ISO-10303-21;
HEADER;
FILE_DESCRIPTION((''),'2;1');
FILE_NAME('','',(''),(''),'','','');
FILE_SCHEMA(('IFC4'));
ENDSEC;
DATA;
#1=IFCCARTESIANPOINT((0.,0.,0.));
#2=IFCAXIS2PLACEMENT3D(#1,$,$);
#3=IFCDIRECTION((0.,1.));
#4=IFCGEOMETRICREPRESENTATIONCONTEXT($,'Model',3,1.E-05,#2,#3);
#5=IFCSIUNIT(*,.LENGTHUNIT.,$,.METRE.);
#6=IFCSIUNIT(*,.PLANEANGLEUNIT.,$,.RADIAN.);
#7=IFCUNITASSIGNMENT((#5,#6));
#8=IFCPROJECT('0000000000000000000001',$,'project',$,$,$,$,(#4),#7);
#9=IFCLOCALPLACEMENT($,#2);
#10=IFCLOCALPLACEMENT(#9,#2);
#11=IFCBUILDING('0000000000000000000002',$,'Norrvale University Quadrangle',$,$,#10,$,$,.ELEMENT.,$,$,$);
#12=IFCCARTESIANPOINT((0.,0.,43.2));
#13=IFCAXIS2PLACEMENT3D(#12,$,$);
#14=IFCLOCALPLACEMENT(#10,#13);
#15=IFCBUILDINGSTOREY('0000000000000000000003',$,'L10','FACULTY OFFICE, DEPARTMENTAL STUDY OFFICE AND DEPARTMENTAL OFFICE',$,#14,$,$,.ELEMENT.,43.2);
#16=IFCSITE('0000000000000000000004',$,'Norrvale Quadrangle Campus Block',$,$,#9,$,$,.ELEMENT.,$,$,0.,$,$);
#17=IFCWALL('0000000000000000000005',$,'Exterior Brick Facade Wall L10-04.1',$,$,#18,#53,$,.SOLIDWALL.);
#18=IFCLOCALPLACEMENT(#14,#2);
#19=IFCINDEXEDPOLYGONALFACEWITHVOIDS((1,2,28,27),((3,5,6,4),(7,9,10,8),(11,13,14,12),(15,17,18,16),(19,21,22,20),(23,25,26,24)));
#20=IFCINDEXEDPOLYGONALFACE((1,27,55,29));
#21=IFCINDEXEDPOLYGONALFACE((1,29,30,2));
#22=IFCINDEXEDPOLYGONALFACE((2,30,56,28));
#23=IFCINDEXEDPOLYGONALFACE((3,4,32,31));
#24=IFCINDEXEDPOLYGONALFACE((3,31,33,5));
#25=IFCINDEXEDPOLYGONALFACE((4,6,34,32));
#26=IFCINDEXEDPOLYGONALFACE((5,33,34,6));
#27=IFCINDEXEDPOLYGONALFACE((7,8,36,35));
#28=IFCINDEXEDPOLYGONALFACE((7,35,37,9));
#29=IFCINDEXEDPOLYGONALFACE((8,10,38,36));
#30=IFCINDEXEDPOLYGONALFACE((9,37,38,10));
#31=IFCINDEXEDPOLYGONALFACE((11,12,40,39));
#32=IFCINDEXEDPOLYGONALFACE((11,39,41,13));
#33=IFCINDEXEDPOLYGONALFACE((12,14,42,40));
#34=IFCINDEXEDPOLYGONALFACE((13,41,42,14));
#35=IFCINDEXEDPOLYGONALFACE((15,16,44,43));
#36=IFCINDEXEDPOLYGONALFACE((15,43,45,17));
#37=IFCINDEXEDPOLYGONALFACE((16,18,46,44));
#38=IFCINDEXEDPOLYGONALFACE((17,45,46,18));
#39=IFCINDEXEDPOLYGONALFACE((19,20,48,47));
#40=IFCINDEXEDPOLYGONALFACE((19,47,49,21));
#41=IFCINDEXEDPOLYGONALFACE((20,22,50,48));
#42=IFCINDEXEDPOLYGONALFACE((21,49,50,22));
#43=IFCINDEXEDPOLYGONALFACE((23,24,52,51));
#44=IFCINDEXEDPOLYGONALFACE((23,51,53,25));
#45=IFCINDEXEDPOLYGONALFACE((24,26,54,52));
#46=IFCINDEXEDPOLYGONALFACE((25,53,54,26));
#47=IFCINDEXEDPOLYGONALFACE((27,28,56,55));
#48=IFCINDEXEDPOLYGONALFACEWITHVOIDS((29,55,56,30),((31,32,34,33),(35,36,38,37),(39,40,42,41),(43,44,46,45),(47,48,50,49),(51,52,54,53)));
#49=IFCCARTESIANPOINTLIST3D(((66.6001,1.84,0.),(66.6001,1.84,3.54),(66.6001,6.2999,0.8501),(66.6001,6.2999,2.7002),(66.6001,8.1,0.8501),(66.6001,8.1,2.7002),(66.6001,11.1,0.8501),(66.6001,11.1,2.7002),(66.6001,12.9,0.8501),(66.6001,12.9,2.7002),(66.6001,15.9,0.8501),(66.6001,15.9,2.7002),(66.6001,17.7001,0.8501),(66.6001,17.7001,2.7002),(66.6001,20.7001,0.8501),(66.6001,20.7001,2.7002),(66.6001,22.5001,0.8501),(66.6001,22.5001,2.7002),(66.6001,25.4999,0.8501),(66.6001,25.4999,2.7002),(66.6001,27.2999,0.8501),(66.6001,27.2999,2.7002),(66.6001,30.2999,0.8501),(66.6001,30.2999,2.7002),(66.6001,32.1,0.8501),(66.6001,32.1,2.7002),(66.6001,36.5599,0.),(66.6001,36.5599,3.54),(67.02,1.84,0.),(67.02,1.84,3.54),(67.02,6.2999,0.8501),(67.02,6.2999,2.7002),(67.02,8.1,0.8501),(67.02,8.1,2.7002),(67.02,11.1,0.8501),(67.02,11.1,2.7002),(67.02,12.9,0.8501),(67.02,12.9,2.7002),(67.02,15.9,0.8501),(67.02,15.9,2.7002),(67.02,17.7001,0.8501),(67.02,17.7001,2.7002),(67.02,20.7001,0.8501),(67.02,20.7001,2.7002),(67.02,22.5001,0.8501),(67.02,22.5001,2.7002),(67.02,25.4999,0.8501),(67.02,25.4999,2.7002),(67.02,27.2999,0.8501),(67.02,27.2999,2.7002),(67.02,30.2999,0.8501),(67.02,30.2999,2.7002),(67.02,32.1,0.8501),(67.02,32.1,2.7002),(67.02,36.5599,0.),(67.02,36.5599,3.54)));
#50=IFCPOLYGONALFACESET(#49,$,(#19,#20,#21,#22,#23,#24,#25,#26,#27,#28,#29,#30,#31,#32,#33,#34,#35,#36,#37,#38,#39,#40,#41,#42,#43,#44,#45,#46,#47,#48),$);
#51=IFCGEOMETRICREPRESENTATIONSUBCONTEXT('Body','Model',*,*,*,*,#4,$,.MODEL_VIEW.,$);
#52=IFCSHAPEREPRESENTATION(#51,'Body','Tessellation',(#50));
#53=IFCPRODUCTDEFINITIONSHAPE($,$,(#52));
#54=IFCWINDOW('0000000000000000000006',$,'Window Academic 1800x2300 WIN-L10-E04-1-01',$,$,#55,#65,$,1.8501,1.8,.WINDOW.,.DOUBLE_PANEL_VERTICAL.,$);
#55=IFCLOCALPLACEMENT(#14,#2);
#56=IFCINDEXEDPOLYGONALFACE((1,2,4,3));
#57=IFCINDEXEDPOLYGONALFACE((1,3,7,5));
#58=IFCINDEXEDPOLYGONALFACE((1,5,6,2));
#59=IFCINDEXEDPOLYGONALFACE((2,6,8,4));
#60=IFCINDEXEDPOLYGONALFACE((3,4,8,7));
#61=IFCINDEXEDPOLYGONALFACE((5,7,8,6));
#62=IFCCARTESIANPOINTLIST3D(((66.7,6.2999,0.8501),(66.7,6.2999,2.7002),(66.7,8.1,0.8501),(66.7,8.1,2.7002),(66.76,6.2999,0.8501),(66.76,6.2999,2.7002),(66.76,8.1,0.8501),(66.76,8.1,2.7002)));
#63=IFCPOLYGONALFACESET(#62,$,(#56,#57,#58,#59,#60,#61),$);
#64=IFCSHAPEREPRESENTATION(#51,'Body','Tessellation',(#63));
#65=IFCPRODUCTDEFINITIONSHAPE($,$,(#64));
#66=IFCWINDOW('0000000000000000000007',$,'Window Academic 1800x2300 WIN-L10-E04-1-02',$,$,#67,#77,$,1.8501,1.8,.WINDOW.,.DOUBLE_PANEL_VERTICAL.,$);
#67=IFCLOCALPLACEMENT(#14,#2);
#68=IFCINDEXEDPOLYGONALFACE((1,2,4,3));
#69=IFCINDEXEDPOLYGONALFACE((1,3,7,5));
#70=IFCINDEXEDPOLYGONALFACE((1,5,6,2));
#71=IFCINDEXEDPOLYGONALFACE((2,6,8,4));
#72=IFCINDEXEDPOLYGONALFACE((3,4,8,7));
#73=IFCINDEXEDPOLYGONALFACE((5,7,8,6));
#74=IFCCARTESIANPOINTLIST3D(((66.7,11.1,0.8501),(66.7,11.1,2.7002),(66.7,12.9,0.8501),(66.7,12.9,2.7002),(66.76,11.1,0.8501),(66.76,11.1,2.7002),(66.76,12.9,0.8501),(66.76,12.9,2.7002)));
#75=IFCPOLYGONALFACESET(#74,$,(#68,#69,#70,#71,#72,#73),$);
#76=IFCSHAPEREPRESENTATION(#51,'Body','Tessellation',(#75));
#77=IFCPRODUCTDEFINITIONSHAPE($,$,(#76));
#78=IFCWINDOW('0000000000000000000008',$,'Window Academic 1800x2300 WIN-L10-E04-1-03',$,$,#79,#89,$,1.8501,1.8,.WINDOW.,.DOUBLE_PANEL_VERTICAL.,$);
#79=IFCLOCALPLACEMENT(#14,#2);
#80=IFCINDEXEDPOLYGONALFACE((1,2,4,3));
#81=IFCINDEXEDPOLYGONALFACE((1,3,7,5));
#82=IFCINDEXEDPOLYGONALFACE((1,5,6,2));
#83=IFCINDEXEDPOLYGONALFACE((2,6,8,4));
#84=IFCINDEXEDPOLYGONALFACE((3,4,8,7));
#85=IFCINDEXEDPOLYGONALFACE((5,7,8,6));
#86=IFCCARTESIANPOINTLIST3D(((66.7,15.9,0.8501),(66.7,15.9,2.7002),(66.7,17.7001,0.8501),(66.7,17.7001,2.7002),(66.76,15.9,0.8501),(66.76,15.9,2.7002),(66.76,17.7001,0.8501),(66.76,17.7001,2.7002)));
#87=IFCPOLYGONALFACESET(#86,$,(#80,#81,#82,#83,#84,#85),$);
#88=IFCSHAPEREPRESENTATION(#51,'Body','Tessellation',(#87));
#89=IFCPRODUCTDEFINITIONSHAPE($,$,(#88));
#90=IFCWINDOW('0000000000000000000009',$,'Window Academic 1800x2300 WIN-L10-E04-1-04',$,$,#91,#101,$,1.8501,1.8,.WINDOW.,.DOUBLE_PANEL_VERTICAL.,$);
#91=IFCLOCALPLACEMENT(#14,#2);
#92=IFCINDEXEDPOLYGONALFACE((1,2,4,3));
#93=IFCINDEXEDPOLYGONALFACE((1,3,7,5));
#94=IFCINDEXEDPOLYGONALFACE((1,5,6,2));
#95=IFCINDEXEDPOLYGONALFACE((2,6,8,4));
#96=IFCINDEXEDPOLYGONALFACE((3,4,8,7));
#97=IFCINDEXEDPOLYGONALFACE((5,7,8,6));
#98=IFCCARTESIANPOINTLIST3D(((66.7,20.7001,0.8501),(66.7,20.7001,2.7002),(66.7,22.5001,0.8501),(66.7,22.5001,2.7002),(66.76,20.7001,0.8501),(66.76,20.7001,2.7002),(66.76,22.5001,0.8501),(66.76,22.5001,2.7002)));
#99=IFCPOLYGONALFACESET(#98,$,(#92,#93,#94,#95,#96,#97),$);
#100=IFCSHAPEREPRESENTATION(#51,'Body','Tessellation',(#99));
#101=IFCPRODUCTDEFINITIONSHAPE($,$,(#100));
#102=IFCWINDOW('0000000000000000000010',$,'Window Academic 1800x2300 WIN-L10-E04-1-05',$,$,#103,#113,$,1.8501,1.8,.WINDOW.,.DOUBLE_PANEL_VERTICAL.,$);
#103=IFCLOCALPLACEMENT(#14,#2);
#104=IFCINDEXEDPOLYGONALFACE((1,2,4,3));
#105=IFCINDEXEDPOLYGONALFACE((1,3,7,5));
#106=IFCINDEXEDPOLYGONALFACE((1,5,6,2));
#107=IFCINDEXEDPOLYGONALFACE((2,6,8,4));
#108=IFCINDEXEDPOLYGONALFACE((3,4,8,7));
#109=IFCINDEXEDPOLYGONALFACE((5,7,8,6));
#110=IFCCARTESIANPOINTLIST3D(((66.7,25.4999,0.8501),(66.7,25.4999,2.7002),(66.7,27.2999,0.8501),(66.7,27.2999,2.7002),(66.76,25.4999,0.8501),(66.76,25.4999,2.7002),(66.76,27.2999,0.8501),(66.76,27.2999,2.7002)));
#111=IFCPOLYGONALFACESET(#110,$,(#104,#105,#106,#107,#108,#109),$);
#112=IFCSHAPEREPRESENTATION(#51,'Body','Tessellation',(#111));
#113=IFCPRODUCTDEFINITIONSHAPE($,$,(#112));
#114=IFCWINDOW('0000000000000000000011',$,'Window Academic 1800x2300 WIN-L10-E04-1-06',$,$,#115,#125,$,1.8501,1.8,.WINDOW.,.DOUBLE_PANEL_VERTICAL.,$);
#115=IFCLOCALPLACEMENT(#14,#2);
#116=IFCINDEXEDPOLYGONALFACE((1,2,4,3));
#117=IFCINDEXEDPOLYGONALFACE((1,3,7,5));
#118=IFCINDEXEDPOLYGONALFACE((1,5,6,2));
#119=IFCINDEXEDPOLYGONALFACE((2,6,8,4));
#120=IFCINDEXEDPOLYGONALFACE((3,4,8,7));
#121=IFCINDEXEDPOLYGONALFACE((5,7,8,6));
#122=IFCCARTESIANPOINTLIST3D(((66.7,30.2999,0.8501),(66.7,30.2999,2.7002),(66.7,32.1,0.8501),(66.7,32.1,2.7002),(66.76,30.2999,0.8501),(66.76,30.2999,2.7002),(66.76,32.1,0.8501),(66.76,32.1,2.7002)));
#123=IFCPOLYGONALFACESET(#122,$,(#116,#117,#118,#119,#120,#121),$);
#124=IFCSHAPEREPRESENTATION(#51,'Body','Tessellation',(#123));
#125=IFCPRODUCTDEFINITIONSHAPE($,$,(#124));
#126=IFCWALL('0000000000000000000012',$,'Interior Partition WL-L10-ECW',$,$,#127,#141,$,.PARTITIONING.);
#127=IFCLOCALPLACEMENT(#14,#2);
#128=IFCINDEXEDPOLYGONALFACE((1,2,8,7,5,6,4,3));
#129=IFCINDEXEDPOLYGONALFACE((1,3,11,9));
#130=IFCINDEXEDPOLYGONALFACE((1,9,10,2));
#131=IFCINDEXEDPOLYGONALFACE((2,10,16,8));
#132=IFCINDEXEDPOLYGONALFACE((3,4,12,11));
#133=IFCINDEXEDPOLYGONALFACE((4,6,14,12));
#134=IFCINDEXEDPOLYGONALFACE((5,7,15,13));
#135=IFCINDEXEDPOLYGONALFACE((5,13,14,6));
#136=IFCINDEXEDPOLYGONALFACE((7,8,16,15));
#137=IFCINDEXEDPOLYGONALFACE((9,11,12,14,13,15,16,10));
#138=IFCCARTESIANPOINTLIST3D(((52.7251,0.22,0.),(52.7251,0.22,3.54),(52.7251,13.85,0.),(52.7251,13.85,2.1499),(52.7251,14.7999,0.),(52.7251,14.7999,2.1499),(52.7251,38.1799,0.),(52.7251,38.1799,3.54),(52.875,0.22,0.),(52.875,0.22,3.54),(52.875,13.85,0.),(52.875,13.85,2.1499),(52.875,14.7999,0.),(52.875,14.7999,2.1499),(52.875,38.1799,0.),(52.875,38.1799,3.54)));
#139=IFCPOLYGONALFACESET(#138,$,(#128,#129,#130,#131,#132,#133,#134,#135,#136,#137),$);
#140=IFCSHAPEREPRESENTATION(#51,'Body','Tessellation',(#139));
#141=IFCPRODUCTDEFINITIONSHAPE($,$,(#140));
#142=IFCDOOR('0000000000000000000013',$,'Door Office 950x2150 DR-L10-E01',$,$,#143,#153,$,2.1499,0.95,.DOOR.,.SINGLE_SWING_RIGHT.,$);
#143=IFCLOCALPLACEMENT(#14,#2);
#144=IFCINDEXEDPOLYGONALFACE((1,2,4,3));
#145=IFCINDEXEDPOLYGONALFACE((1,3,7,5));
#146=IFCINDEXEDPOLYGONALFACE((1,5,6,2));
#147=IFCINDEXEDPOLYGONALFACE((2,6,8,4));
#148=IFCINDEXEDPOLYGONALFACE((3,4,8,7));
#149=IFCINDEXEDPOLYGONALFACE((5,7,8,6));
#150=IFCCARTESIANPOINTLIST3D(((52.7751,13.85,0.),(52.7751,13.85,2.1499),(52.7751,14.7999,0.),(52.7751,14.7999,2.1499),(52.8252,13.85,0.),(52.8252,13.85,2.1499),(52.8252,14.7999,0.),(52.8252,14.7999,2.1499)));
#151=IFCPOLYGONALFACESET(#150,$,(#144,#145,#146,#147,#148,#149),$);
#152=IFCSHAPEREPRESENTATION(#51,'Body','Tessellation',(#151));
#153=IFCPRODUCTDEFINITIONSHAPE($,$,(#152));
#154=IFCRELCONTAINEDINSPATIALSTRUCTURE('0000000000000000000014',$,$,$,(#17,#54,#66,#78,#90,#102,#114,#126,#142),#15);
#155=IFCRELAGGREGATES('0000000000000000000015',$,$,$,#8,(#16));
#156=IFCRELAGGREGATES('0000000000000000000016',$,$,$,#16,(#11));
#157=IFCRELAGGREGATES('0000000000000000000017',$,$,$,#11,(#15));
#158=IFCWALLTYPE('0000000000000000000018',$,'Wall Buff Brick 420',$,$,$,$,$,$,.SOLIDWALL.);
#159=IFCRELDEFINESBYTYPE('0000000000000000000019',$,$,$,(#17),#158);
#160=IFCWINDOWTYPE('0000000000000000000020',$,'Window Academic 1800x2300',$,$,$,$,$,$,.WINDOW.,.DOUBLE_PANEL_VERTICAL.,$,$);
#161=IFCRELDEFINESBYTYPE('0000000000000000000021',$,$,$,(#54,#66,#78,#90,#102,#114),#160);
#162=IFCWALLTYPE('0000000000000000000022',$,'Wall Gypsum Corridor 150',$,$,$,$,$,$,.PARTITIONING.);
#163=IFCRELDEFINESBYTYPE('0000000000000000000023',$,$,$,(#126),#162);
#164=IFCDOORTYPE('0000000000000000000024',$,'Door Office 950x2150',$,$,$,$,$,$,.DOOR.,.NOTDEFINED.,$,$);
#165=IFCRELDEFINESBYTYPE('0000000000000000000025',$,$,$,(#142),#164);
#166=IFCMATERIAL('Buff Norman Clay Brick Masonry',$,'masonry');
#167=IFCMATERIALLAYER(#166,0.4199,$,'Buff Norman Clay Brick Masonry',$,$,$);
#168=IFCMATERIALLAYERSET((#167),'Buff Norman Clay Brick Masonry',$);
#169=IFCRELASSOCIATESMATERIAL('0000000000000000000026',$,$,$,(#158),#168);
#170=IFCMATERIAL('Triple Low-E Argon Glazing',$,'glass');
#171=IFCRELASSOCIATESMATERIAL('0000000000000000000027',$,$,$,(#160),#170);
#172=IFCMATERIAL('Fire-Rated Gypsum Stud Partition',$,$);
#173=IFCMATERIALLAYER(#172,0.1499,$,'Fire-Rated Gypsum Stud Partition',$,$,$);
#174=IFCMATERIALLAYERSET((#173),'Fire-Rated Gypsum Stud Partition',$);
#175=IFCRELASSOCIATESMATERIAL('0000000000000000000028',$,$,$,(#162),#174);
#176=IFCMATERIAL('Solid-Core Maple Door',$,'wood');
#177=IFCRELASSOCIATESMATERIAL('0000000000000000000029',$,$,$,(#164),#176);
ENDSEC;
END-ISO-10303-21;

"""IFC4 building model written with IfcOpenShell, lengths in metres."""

from ifc_helpers import new_model, si_unit, direction, frame, frame_2d, origin, place, context, subcontext, project, spatial, rectangle, extrude, material, layer, layer_set, type_object, element, fill, save


model = new_model("IFC4")

# Units and contexts
model_context = context("Model", 3, precision=1e-05, world=origin(), true_north=direction((0.0, 1.0)))
body_context = subcontext(model_context, "Body", "Model", "MODEL_VIEW")
ifc_project = project(units=[si_unit("LENGTHUNIT", "METRE"), si_unit("PLANEANGLEUNIT", "RADIAN")], contexts=[model_context])

# Site, building, storey
site_placement = place(None, origin())
site = spatial("IfcSite", under=ifc_project, at=site_placement, Name="Norrvale Quadrangle Campus Block", CompositionType="ELEMENT", RefElevation=0.0)
building_placement = place(site_placement, origin())
building = spatial("IfcBuilding", under=site, at=building_placement, Name="Norrvale University Quadrangle", CompositionType="ELEMENT")
storey_placement = place(building_placement, frame((0.0, 0.0, 43.2)))
storey = spatial("IfcBuildingStorey", under=building, at=storey_placement, Name="L10", Description="FACULTY OFFICE, DEPARTMENTAL STUDY OFFICE AND DEPARTMENTAL OFFICE", CompositionType="ELEMENT", Elevation=43.2)

# Shared definitions
ifc_material_1 = material(Name="Buff Norman Clay Brick Masonry", Category="masonry")
ifc_layer_1 = layer(ifc_material_1, 0.4199, Name="Buff Norman Clay Brick Masonry")
ifc_layer_set_1 = layer_set([ifc_layer_1], Name="Buff Norman Clay Brick Masonry")
wall_type_1 = type_object("IfcWallType", Name="Wall Buff Brick 420", PredefinedType="SOLIDWALL", material=ifc_layer_set_1)

# Wall, openings, windows
wall_1_placement = place(storey_placement, frame((66.8101, 1.8401, 0.0), z_axis=(0.0, 0.0, 1.0), x_axis=(0.0, 1.0, 0.0)))
wall_1 = element("IfcWall", 1, at=wall_1_placement, inside=storey, type_object=wall_type_1, Name="Exterior Brick Facade Wall L10-04.1", PredefinedType="SOLIDWALL", context=body_context, shape_type="SweptSolid", body=[
    extrude(rectangle(XDim=34.72, YDim=0.4199, at=frame_2d((17.3599, 0.0))), origin(), (0.0, 0.0, 1.0), 3.54),
])
opening_1_placement = place(wall_1_placement, frame((4.46, 0.0, 0.8501)))
opening_1 = element("IfcOpeningElement", 2, at=opening_1_placement, cuts=wall_1, PredefinedType="OPENING", context=body_context, shape_type="SweptSolid", body=[
    extrude(rectangle(XDim=1.8, YDim=1.8501, at=frame_2d((0.8999, 0.925))), frame((0.0, 0.2219, 0.0), z_axis=(0.0, -1.0, 0.0), x_axis=(1.0, 0.0, 0.0)), (0.0, 0.0, 1.0), 0.4438),
])
opening_2_placement = place(wall_1_placement, frame((9.26, 0.0, 0.8501)))
opening_2 = element("IfcOpeningElement", 3, at=opening_2_placement, cuts=wall_1, PredefinedType="OPENING", context=body_context, shape_type="SweptSolid", body=[
    extrude(rectangle(XDim=1.8, YDim=1.8501, at=frame_2d((0.8999, 0.925))), frame((0.0, 0.2219, 0.0), z_axis=(0.0, -1.0, 0.0), x_axis=(1.0, 0.0, 0.0)), (0.0, 0.0, 1.0), 0.4438),
])
opening_3_placement = place(wall_1_placement, frame((14.0601, 0.0, 0.8501)))
opening_3 = element("IfcOpeningElement", 4, at=opening_3_placement, cuts=wall_1, PredefinedType="OPENING", context=body_context, shape_type="SweptSolid", body=[
    extrude(rectangle(XDim=1.8, YDim=1.8501, at=frame_2d((0.8999, 0.925))), frame((0.0, 0.2219, 0.0), z_axis=(0.0, -1.0, 0.0), x_axis=(1.0, 0.0, 0.0)), (0.0, 0.0, 1.0), 0.4438),
])
opening_4_placement = place(wall_1_placement, frame((18.8601, 0.0, 0.8501)))
opening_4 = element("IfcOpeningElement", 5, at=opening_4_placement, cuts=wall_1, PredefinedType="OPENING", context=body_context, shape_type="SweptSolid", body=[
    extrude(rectangle(XDim=1.8, YDim=1.8501, at=frame_2d((0.8999, 0.925))), frame((0.0, 0.2219, 0.0), z_axis=(0.0, -1.0, 0.0), x_axis=(1.0, 0.0, 0.0)), (0.0, 0.0, 1.0), 0.4438),
])
opening_5_placement = place(wall_1_placement, frame((23.6599, 0.0, 0.8501)))
opening_5 = element("IfcOpeningElement", 6, at=opening_5_placement, cuts=wall_1, PredefinedType="OPENING", context=body_context, shape_type="SweptSolid", body=[
    extrude(rectangle(XDim=1.8, YDim=1.8501, at=frame_2d((0.8999, 0.925))), frame((0.0, 0.2219, 0.0), z_axis=(0.0, -1.0, 0.0), x_axis=(1.0, 0.0, 0.0)), (0.0, 0.0, 1.0), 0.4438),
])
opening_6_placement = place(wall_1_placement, frame((28.46, 0.0, 0.8501)))
opening_6 = element("IfcOpeningElement", 7, at=opening_6_placement, cuts=wall_1, PredefinedType="OPENING", context=body_context, shape_type="SweptSolid", body=[
    extrude(rectangle(XDim=1.8, YDim=1.8501, at=frame_2d((0.8999, 0.925))), frame((0.0, 0.2219, 0.0), z_axis=(0.0, -1.0, 0.0), x_axis=(1.0, 0.0, 0.0)), (0.0, 0.0, 1.0), 0.4438),
])
ifc_material_2 = material(Name="Triple Low-E Argon Glazing", Category="glass")
window_type = type_object("IfcWindowType", Name="Window Academic 1800x2300", PartitioningType="DOUBLE_PANEL_VERTICAL", PredefinedType="WINDOW", material=ifc_material_2)
window_1_placement = place(opening_1_placement, origin())
window_1 = element("IfcWindow", 8, at=window_1_placement, inside=storey, type_object=window_type, Name="Window Academic 1800x2300 WIN-L10-E04-1-01", OverallHeight=1.8501, OverallWidth=1.8, PartitioningType="DOUBLE_PANEL_VERTICAL", PredefinedType="WINDOW", context=body_context, shape_type="SweptSolid", body=[
    extrude(rectangle(XDim=1.8, YDim=1.8501, at=frame_2d((0.8999, 0.925))), frame((0.0, 0.1101, 0.0), z_axis=(0.0, -1.0, 0.0), x_axis=(1.0, 0.0, 0.0)), (0.0, 0.0, 1.0), 0.0601),
])
fill(opening_1, window_1)
window_2_placement = place(opening_2_placement, origin())
window_2 = element("IfcWindow", 9, at=window_2_placement, inside=storey, type_object=window_type, Name="Window Academic 1800x2300 WIN-L10-E04-1-02", OverallHeight=1.8501, OverallWidth=1.8, PartitioningType="DOUBLE_PANEL_VERTICAL", PredefinedType="WINDOW", context=body_context, shape_type="SweptSolid", body=[
    extrude(rectangle(XDim=1.8, YDim=1.8501, at=frame_2d((0.8999, 0.925))), frame((0.0, 0.1101, 0.0), z_axis=(0.0, -1.0, 0.0), x_axis=(1.0, 0.0, 0.0)), (0.0, 0.0, 1.0), 0.0601),
])
fill(opening_2, window_2)
window_3_placement = place(opening_3_placement, origin())
window_3 = element("IfcWindow", 10, at=window_3_placement, inside=storey, type_object=window_type, Name="Window Academic 1800x2300 WIN-L10-E04-1-03", OverallHeight=1.8501, OverallWidth=1.8, PartitioningType="DOUBLE_PANEL_VERTICAL", PredefinedType="WINDOW", context=body_context, shape_type="SweptSolid", body=[
    extrude(rectangle(XDim=1.8, YDim=1.8501, at=frame_2d((0.8999, 0.925))), frame((0.0, 0.1101, 0.0), z_axis=(0.0, -1.0, 0.0), x_axis=(1.0, 0.0, 0.0)), (0.0, 0.0, 1.0), 0.0601),
])
fill(opening_3, window_3)
window_4_placement = place(opening_4_placement, origin())
window_4 = element("IfcWindow", 11, at=window_4_placement, inside=storey, type_object=window_type, Name="Window Academic 1800x2300 WIN-L10-E04-1-04", OverallHeight=1.8501, OverallWidth=1.8, PartitioningType="DOUBLE_PANEL_VERTICAL", PredefinedType="WINDOW", context=body_context, shape_type="SweptSolid", body=[
    extrude(rectangle(XDim=1.8, YDim=1.8501, at=frame_2d((0.8999, 0.925))), frame((0.0, 0.1101, 0.0), z_axis=(0.0, -1.0, 0.0), x_axis=(1.0, 0.0, 0.0)), (0.0, 0.0, 1.0), 0.0601),
])
fill(opening_4, window_4)
window_5_placement = place(opening_5_placement, origin())
window_5 = element("IfcWindow", 12, at=window_5_placement, inside=storey, type_object=window_type, Name="Window Academic 1800x2300 WIN-L10-E04-1-05", OverallHeight=1.8501, OverallWidth=1.8, PartitioningType="DOUBLE_PANEL_VERTICAL", PredefinedType="WINDOW", context=body_context, shape_type="SweptSolid", body=[
    extrude(rectangle(XDim=1.8, YDim=1.8501, at=frame_2d((0.8999, 0.925))), frame((0.0, 0.1101, 0.0), z_axis=(0.0, -1.0, 0.0), x_axis=(1.0, 0.0, 0.0)), (0.0, 0.0, 1.0), 0.0601),
])
fill(opening_5, window_5)
window_6_placement = place(opening_6_placement, origin())
window_6 = element("IfcWindow", 13, at=window_6_placement, inside=storey, type_object=window_type, Name="Window Academic 1800x2300 WIN-L10-E04-1-06", OverallHeight=1.8501, OverallWidth=1.8, PartitioningType="DOUBLE_PANEL_VERTICAL", PredefinedType="WINDOW", context=body_context, shape_type="SweptSolid", body=[
    extrude(rectangle(XDim=1.8, YDim=1.8501, at=frame_2d((0.8999, 0.925))), frame((0.0, 0.1101, 0.0), z_axis=(0.0, -1.0, 0.0), x_axis=(1.0, 0.0, 0.0)), (0.0, 0.0, 1.0), 0.0601),
])
fill(opening_6, window_6)

# Wall, opening, door
ifc_material_3 = material(Name="Fire-Rated Gypsum Stud Partition")
ifc_layer_2 = layer(ifc_material_3, 0.1499, Name="Fire-Rated Gypsum Stud Partition")
ifc_layer_set_2 = layer_set([ifc_layer_2], Name="Fire-Rated Gypsum Stud Partition")
wall_type_2 = type_object("IfcWallType", Name="Wall Gypsum Corridor 150", PredefinedType="PARTITIONING", material=ifc_layer_set_2)
wall_2_placement = place(storey_placement, frame((52.8, 0.22, 0.0), z_axis=(0.0, 0.0, 1.0), x_axis=(0.0, 1.0, 0.0)))
wall_2 = element("IfcWall", 14, at=wall_2_placement, inside=storey, type_object=wall_type_2, Name="Interior Partition WL-L10-ECW", PredefinedType="PARTITIONING", context=body_context, shape_type="SweptSolid", body=[
    extrude(rectangle(XDim=37.96, YDim=0.1499, at=frame_2d((18.98, 0.0))), origin(), (0.0, 0.0, 1.0), 3.54),
])
opening_7_placement = place(wall_2_placement, frame((13.6299, 0.0, 0.0)))
opening_7 = element("IfcOpeningElement", 15, at=opening_7_placement, cuts=wall_2, PredefinedType="OPENING", context=body_context, shape_type="SweptSolid", body=[
    extrude(rectangle(XDim=0.95, YDim=2.1499, at=frame_2d((0.4751, 1.075))), frame((0.0, 0.0869, 0.0), z_axis=(0.0, -1.0, 0.0), x_axis=(1.0, 0.0, 0.0)), (0.0, 0.0, 1.0), 0.1738),
])
ifc_material_4 = material(Name="Solid-Core Maple Door", Category="wood")
door_type = type_object("IfcDoorType", Name="Door Office 950x2150", OperationType="NOTDEFINED", PredefinedType="DOOR", material=ifc_material_4)
door_placement = place(opening_7_placement, origin())
door = element("IfcDoor", 16, at=door_placement, inside=storey, type_object=door_type, Name="Door Office 950x2150 DR-L10-E01", OperationType="SINGLE_SWING_RIGHT", OverallHeight=2.1499, OverallWidth=0.95, PredefinedType="DOOR", context=body_context, shape_type="SweptSolid", body=[
    extrude(rectangle(XDim=0.95, YDim=2.1499, at=frame_2d((0.4751, 1.075))), frame((0.0, 0.0249, 0.0), z_axis=(0.0, -1.0, 0.0), x_axis=(1.0, 0.0, 0.0)), (0.0, 0.0, 1.0), 0.05),
])
fill(opening_7, door)

save(model, "model.ifc")
